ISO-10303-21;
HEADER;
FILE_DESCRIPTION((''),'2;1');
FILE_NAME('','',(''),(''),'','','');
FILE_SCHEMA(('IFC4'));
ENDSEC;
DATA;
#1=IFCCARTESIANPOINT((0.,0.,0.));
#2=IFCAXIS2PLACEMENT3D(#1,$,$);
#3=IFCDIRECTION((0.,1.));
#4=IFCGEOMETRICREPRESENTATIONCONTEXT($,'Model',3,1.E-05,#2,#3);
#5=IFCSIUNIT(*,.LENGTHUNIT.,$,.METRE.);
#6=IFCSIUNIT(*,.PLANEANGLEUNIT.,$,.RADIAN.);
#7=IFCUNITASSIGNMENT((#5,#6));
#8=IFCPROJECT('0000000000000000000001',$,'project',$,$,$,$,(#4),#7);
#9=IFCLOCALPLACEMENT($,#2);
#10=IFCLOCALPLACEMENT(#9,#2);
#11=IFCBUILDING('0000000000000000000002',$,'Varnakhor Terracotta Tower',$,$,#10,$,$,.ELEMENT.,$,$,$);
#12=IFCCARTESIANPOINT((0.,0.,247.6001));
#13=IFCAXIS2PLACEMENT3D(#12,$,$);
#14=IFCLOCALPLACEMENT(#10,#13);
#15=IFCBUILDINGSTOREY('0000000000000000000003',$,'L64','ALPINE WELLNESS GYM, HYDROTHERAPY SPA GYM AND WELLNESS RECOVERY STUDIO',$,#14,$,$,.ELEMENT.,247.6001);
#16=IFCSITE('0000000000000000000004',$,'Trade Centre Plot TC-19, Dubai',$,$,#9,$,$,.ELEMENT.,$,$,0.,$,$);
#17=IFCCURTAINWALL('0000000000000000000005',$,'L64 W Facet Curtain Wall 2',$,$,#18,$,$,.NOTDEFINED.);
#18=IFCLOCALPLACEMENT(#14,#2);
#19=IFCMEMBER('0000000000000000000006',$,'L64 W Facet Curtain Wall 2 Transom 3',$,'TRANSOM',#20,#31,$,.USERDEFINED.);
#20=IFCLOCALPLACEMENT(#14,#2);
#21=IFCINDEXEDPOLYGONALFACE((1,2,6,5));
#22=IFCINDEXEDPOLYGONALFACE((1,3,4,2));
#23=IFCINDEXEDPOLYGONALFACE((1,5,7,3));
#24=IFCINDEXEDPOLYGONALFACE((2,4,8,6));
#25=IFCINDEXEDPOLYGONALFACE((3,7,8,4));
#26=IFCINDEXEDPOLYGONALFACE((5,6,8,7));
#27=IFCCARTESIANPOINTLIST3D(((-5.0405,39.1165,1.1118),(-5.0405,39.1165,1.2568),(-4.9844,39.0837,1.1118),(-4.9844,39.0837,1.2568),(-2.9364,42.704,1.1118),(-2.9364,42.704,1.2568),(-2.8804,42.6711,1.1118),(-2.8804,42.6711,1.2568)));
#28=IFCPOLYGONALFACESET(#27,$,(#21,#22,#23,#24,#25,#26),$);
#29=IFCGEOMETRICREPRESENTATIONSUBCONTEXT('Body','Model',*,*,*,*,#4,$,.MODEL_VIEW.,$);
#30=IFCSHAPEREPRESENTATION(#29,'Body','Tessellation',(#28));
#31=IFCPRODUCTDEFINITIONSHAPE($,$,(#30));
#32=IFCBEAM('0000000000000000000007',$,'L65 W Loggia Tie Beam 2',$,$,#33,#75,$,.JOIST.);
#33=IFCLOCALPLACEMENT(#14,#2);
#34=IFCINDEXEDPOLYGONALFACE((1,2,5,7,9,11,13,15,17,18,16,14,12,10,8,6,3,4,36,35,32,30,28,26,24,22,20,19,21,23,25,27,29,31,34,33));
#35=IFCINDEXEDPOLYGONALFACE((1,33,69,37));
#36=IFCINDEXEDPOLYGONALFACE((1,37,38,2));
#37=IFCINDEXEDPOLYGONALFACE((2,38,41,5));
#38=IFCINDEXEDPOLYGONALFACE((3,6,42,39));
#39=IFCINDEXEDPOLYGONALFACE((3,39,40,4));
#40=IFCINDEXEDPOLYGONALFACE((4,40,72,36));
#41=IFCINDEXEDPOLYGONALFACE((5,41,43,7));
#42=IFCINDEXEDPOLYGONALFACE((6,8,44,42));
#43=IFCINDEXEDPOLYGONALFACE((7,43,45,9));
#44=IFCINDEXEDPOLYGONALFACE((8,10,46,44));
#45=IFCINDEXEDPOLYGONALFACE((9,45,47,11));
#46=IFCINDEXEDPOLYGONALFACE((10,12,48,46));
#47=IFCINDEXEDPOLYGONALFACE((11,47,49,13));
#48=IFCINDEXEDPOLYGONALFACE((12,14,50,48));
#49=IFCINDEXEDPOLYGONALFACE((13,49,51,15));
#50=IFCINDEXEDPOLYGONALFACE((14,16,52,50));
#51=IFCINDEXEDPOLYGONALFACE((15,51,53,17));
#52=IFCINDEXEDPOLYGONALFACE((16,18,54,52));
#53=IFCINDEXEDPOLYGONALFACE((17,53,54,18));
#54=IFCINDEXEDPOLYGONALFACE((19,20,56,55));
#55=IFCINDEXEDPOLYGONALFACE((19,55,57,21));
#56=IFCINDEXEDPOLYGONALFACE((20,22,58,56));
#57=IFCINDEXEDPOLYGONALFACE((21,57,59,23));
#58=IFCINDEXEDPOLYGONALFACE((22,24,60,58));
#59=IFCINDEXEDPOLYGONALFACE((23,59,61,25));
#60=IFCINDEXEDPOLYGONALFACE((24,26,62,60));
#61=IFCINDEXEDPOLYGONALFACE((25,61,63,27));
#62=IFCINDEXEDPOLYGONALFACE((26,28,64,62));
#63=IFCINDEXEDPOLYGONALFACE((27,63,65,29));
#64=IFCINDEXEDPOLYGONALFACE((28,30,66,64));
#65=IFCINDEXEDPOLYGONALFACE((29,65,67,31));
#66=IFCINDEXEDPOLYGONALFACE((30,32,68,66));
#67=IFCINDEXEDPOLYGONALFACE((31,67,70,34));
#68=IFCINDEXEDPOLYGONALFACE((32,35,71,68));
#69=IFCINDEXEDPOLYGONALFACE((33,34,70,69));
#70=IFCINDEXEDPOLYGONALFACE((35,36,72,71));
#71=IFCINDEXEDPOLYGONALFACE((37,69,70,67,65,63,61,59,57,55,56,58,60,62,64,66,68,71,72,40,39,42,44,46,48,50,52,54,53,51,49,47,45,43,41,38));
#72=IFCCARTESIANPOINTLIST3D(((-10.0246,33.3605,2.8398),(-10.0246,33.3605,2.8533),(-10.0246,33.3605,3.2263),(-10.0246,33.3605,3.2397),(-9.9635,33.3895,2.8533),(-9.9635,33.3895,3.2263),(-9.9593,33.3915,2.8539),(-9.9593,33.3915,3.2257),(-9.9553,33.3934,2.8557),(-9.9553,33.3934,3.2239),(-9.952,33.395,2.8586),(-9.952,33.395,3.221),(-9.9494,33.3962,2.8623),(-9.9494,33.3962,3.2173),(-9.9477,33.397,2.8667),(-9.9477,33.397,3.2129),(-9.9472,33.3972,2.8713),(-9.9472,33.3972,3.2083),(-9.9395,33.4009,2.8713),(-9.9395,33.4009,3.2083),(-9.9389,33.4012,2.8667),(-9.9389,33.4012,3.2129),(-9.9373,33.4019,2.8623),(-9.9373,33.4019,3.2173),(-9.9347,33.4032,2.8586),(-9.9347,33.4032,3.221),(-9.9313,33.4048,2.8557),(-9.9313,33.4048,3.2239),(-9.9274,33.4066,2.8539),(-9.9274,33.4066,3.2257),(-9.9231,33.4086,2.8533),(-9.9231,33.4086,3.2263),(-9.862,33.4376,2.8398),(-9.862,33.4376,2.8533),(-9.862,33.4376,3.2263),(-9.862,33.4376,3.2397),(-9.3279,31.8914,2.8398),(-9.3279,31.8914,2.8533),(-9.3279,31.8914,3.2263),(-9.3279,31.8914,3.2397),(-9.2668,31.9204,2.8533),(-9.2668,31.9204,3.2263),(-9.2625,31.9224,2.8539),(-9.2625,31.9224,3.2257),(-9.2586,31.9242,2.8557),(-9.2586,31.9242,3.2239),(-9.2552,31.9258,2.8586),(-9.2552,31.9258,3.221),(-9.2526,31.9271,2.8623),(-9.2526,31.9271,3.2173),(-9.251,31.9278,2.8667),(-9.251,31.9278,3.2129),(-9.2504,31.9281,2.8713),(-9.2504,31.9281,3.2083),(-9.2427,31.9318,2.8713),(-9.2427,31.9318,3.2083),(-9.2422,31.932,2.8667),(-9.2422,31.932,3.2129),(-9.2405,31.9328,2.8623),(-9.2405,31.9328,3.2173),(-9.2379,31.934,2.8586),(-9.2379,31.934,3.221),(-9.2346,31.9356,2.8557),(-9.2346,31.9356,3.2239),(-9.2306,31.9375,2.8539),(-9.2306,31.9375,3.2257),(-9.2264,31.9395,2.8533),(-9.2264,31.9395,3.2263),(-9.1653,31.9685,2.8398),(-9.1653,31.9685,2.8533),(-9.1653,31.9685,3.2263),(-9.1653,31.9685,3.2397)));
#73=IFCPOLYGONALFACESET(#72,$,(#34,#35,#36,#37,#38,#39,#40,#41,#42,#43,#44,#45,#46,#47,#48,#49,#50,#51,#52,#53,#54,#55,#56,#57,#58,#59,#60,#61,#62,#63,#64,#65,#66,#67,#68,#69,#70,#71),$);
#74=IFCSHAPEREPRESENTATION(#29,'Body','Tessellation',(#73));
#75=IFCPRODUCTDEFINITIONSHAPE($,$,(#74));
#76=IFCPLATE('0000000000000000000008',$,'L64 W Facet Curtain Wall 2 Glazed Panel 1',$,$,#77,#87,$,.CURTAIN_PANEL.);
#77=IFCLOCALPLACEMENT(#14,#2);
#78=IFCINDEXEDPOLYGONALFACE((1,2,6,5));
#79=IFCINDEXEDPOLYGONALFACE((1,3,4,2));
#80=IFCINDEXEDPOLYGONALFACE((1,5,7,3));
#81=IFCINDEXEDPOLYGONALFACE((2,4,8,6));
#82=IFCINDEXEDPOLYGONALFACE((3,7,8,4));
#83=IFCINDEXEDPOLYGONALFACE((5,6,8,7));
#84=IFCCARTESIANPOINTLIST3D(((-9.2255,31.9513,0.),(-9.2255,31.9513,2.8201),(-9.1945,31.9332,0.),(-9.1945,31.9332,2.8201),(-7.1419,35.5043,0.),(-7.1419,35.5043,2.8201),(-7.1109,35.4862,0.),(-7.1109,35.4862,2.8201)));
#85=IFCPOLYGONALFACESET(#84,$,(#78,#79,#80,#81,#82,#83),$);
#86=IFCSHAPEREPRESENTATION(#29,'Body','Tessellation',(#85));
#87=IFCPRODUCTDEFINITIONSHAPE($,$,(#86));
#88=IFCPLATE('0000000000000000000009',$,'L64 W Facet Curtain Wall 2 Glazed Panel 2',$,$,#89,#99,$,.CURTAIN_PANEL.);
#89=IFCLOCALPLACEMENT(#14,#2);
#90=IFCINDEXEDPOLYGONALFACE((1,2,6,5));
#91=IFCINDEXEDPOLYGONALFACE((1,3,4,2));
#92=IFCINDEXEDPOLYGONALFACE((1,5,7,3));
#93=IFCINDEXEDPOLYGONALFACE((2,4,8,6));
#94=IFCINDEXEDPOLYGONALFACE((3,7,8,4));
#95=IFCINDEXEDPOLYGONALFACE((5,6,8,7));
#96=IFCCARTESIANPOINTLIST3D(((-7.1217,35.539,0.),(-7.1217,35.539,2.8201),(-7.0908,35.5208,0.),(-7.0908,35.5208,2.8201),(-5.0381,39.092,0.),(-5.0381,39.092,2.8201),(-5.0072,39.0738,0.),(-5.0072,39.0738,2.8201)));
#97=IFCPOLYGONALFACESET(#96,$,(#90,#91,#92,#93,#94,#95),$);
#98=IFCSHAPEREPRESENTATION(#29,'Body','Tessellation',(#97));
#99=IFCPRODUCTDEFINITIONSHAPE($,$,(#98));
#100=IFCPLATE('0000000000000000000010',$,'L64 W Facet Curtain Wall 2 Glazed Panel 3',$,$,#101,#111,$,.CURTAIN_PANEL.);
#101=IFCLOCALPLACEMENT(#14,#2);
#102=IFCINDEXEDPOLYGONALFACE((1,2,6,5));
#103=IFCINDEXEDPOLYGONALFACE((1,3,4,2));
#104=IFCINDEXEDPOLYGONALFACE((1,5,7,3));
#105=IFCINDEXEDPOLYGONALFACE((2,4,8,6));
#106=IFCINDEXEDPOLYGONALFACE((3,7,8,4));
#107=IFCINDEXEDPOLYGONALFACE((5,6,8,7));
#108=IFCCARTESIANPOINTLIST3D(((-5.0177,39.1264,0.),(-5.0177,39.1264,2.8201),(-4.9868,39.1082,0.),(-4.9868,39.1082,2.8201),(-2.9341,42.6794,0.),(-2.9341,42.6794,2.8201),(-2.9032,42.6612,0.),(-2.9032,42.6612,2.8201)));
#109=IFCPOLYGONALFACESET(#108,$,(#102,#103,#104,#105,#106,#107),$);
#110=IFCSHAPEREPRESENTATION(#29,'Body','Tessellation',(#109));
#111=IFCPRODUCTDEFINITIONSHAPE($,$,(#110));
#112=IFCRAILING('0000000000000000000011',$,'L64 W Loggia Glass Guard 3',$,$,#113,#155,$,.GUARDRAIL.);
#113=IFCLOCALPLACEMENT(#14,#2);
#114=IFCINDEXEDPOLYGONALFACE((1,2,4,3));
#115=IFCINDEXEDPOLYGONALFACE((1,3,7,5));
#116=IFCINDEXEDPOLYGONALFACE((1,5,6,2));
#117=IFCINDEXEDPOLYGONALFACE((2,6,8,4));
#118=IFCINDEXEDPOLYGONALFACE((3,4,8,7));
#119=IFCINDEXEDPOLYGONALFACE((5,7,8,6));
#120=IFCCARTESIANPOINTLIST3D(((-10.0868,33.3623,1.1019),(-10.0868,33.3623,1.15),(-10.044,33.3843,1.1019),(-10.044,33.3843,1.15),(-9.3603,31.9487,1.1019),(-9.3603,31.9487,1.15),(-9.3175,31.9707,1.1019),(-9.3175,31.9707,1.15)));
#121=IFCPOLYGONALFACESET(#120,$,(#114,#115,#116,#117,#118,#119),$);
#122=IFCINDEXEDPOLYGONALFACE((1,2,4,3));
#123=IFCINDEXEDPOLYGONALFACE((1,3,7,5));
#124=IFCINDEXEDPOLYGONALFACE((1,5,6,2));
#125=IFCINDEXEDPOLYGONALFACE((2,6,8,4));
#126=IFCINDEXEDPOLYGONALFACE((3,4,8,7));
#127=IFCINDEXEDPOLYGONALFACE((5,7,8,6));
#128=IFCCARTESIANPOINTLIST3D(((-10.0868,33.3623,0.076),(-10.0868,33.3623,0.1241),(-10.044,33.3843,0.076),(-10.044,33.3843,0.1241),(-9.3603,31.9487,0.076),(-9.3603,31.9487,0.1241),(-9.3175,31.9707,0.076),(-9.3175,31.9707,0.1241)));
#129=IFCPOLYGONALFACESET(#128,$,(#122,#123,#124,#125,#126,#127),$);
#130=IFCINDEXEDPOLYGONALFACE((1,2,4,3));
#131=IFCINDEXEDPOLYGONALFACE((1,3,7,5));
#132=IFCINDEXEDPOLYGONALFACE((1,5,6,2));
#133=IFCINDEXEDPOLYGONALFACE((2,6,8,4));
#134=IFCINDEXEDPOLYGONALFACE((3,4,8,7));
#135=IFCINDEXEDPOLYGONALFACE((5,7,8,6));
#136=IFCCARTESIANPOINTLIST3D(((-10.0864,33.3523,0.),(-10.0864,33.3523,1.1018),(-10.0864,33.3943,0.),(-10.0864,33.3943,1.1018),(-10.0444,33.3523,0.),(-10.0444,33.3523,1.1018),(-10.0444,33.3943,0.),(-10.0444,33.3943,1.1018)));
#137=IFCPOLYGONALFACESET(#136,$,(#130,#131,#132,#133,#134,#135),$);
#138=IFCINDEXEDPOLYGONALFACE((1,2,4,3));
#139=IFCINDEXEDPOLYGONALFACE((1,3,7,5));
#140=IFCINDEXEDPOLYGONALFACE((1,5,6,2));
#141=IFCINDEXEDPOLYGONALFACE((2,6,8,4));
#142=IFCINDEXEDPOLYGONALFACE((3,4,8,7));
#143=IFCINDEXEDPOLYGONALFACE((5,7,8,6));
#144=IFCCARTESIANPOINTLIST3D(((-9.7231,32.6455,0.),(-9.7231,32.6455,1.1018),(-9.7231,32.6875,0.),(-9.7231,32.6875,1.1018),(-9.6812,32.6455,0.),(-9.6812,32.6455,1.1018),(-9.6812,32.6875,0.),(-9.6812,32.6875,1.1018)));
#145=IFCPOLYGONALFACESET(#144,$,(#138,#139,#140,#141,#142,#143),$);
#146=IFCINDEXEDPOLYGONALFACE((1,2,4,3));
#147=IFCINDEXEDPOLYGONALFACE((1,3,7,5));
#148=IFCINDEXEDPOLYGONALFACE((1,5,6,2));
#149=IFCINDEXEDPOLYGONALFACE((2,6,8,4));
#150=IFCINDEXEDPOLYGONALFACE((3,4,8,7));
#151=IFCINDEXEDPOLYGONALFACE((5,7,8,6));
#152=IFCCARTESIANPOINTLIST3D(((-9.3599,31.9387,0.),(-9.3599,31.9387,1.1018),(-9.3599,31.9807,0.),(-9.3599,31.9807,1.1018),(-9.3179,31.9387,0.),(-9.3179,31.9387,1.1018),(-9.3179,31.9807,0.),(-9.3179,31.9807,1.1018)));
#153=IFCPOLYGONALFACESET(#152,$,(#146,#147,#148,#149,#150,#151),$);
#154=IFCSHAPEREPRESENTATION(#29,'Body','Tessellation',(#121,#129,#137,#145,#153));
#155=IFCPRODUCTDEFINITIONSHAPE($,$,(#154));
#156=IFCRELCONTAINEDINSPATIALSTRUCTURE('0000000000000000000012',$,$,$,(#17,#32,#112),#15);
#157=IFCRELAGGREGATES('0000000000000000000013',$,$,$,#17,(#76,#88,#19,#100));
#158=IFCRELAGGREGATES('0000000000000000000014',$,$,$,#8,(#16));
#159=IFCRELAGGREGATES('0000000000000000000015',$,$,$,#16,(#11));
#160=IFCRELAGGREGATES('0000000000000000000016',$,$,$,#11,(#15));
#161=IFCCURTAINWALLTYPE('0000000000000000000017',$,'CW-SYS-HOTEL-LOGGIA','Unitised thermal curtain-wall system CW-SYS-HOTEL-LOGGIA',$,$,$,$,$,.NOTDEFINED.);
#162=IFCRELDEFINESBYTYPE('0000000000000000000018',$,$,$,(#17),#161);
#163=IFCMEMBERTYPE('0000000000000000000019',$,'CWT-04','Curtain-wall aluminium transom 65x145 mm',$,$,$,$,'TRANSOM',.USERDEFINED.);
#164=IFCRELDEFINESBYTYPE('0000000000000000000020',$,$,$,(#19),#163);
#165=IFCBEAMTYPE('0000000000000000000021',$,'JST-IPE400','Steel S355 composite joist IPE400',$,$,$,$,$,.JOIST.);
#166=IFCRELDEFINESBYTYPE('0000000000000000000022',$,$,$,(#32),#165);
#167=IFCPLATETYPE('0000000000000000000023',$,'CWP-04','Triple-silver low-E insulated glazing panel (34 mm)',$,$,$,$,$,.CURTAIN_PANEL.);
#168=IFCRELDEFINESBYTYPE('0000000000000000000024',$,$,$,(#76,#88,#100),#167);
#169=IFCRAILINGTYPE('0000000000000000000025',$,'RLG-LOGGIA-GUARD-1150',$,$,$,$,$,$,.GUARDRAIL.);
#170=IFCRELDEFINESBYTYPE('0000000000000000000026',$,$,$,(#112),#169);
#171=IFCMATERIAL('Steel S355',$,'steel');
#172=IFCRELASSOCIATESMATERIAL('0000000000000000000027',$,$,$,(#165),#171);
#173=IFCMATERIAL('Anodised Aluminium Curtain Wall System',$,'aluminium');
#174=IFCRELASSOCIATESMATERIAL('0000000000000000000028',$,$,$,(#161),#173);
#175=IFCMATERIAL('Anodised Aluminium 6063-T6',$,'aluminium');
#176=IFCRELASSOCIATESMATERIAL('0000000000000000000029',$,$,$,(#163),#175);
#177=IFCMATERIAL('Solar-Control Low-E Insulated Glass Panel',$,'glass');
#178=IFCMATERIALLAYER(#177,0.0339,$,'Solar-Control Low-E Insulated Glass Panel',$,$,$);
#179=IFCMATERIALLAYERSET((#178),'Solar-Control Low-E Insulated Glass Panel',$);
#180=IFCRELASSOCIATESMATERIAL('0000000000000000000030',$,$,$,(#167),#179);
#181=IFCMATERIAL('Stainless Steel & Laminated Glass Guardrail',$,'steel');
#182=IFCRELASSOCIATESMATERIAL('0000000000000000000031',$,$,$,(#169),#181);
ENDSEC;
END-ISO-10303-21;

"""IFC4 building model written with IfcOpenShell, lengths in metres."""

from ifc_helpers import new_model, si_unit, direction, frame, origin, origin_2d, place, context, subcontext, project, spatial, rectangle, i_section, extrude, source, transform, mapped, material, layer, layer_set, material_profile, profile_set, type_object, element, aggregate, save


model = new_model("IFC4")

# Units and contexts
model_context = context("Model", 3, precision=1e-05, world=origin(), true_north=direction((0.0, 1.0)))
body_context = subcontext(model_context, "Body", "Model", "MODEL_VIEW")
ifc_project = project(units=[si_unit("LENGTHUNIT", "METRE"), si_unit("PLANEANGLEUNIT", "RADIAN")], contexts=[model_context])

# Site, building, storey
site_placement = place(None, origin())
site = spatial("IfcSite", under=ifc_project, at=site_placement, Name="Trade Centre Plot TC-19, Dubai", CompositionType="ELEMENT", RefElevation=0.0)
building_placement = place(site_placement, origin())
building = spatial("IfcBuilding", under=site, at=building_placement, Name="Varnakhor Terracotta Tower", CompositionType="ELEMENT")
storey_placement = place(building_placement, frame((0.0, 0.0, 247.6001)))
storey = spatial("IfcBuildingStorey", under=building, at=storey_placement, Name="L64", Description="ALPINE WELLNESS GYM, HYDROTHERAPY SPA GYM AND WELLNESS RECOVERY STUDIO", CompositionType="ELEMENT", Elevation=247.6001)

# Shared definitions
ifc_material_1 = material(Name="Steel S355", Category="steel")
ifc_material_profile_1 = material_profile(ifc_material_1, i_section(OverallWidth=0.1799, OverallDepth=0.3999, WebThickness=0.0085, FlangeThickness=0.0134, FilletRadius=0.0181, at=origin_2d()), Name="IPE400")
ifc_profile_set_1 = profile_set([ifc_material_profile_1], Name="Steel S355")
beam_type_1 = type_object("IfcBeamType", Name="JST-IPE400", Description="Steel S355 composite joist IPE400", PredefinedType="JOIST", material=ifc_profile_set_1)

# Curtain wall, member
ifc_material_2 = material(Name="Anodised Aluminium Curtain Wall System", Category="aluminium")
curtain_wall_type = type_object("IfcCurtainWallType", Name="CW-SYS-HOTEL-LOGGIA", Description="Unitised thermal curtain-wall system CW-SYS-HOTEL-LOGGIA", PredefinedType="NOTDEFINED", material=ifc_material_2)
curtain_wall_placement = place(storey_placement, origin())
curtain_wall = element("IfcCurtainWall", 1, at=curtain_wall_placement, inside=storey, type_object=curtain_wall_type, Name="L64 W Facet Curtain Wall 2", PredefinedType="NOTDEFINED")
ifc_material_3 = material(Name="Anodised Aluminium 6063-T6", Category="aluminium")
ifc_material_profile_2 = material_profile(ifc_material_3, rectangle(XDim=0.0649, YDim=0.145, at=origin_2d()), Name="ALU TRANSOM 65x145")
ifc_profile_set_2 = profile_set([ifc_material_profile_2], Name="Anodised Aluminium 6063-T6")
member_type_1 = type_object("IfcMemberType", Name="CWT-04", Description="Curtain-wall aluminium transom 65x145 mm", ElementType="TRANSOM", PredefinedType="USERDEFINED", material=ifc_profile_set_2)
shared_shape_1 = source(origin(), body_context, "Body", "SweptSolid", [
    extrude(rectangle(XDim=0.0649, YDim=0.145, at=origin_2d()), origin(), (0.0, 0.0, 1.0), 4.1589),
])
member_1_placement = place(storey_placement, frame((-5.0125, 39.1001, 1.1843), z_axis=(0.505906, 0.862588, 0.0), x_axis=(-0.862588, 0.505906, 0.0)))
member_1 = element("IfcMember", 2, at=member_1_placement, type_object=member_type_1, Name="L64 W Facet Curtain Wall 2 Transom 3", ObjectType="TRANSOM", PredefinedType="USERDEFINED", context=body_context, shape_type="MappedRepresentation", body=[
    mapped(shared_shape_1, transform((0.0, 0.0, 0.0), scale=1.0)),
])

# Beam
shared_shape_2 = source(origin(), body_context, "Body", "SweptSolid", [
    extrude(i_section(OverallWidth=0.1799, OverallDepth=0.3999, WebThickness=0.0085, FlangeThickness=0.0134, FilletRadius=0.0181, at=origin_2d()), origin(), (0.0, 0.0, 1.0), 1.626),
])
beam_1_placement = place(storey_placement, frame((-9.2466, 31.9299, 3.0398), z_axis=(-0.428499, 0.903542, 0.0), x_axis=(-0.903542, -0.428499, 0.0)))
element("IfcBeam", 3, at=beam_1_placement, inside=storey, type_object=beam_type_1, Name="L65 W Loggia Tie Beam 2", PredefinedType="JOIST", context=body_context, shape_type="MappedRepresentation", body=[
    mapped(shared_shape_2, transform((0.0, 0.0, 0.0), scale=1.0)),
])

# Plates
ifc_material_4 = material(Name="Solar-Control Low-E Insulated Glass Panel", Category="glass")
ifc_layer = layer(ifc_material_4, 0.0339, Name="Solar-Control Low-E Insulated Glass Panel")
ifc_layer_set = layer_set([ifc_layer], Name="Solar-Control Low-E Insulated Glass Panel")
plate_type = type_object("IfcPlateType", Name="CWP-04", Description="Triple-silver low-E insulated glazing panel (34 mm)", PredefinedType="CURTAIN_PANEL", material=ifc_layer_set)
shared_shape_3 = source(origin(), body_context, "Body", "SweptSolid", [
    extrude(rectangle(XDim=4.1189, YDim=0.0359, at=origin_2d()), origin(), (0.0, 0.0, 1.0), 2.8201),
])
plate_1_placement = place(storey_placement, frame((-8.1682, 33.7188, 0.0), z_axis=(0.0, 0.0, 1.0), x_axis=(0.505868, 0.862611, 0.0)))
plate_1 = element("IfcPlate", 4, at=plate_1_placement, type_object=plate_type, Name="L64 W Facet Curtain Wall 2 Glazed Panel 1", PredefinedType="CURTAIN_PANEL", context=body_context, shape_type="MappedRepresentation", body=[
    mapped(shared_shape_3, transform((0.0, 0.0, 0.0), scale=1.0)),
])
plate_2_placement = place(storey_placement, frame((-6.0645, 37.3064, 0.0), z_axis=(0.0, 0.0, 1.0), x_axis=(0.505868, 0.862611, 0.0)))
plate_2 = element("IfcPlate", 5, at=plate_2_placement, type_object=plate_type, Name="L64 W Facet Curtain Wall 2 Glazed Panel 2", PredefinedType="CURTAIN_PANEL", context=body_context, shape_type="MappedRepresentation", body=[
    mapped(shared_shape_3, transform((0.0, 0.0, 0.0), scale=1.0)),
])
plate_3_placement = place(storey_placement, frame((-3.9604, 40.8938, 0.0), z_axis=(0.0, 0.0, 1.0), x_axis=(0.505868, 0.862611, 0.0)))
plate_3 = element("IfcPlate", 6, at=plate_3_placement, type_object=plate_type, Name="L64 W Facet Curtain Wall 2 Glazed Panel 3", PredefinedType="CURTAIN_PANEL", context=body_context, shape_type="MappedRepresentation", body=[
    mapped(shared_shape_3, transform((0.0, 0.0, 0.0), scale=1.0)),
])
aggregate(curtain_wall, [plate_1, plate_2, member_1, plate_3])

# Railing
ifc_material_5 = material(Name="Stainless Steel & Laminated Glass Guardrail", Category="steel")
railing_type = type_object("IfcRailingType", Name="RLG-LOGGIA-GUARD-1150", PredefinedType="GUARDRAIL", material=ifc_material_5)
railing_placement = place(storey_placement, frame((-10.0654, 33.3733, 0.0)))
element("IfcRailing", 7, at=railing_placement, inside=storey, type_object=railing_type, Name="L64 W Loggia Glass Guard 3", PredefinedType="GUARDRAIL", context=body_context, shape_type="SweptSolid", body=[
    extrude(rectangle(XDim=0.0481, YDim=0.0481, at=origin_2d()), frame((0.0, 0.0, 1.126), z_axis=(0.45714, -0.889395, 0.0), x_axis=(0.889395, 0.45714, 0.0)), (0.0, 0.0, 1.0), 1.5894),
    extrude(rectangle(XDim=0.0481, YDim=0.0481, at=origin_2d()), frame((0.0, 0.0, 0.1001), z_axis=(0.45714, -0.889395, 0.0), x_axis=(0.889395, 0.45714, 0.0)), (0.0, 0.0, 1.0), 1.5894),
    extrude(rectangle(XDim=0.042, YDim=0.042, at=origin_2d()), origin(), (0.0, 0.0, 1.0), 1.1018),
    extrude(rectangle(XDim=0.042, YDim=0.042, at=origin_2d()), frame((0.3633, -0.7068, 0.0)), (0.0, 0.0, 1.0), 1.1018),
    extrude(rectangle(XDim=0.042, YDim=0.042, at=origin_2d()), frame((0.7266, -1.4136, 0.0)), (0.0, 0.0, 1.0), 1.1018),
])

save(model, "model.ifc")
